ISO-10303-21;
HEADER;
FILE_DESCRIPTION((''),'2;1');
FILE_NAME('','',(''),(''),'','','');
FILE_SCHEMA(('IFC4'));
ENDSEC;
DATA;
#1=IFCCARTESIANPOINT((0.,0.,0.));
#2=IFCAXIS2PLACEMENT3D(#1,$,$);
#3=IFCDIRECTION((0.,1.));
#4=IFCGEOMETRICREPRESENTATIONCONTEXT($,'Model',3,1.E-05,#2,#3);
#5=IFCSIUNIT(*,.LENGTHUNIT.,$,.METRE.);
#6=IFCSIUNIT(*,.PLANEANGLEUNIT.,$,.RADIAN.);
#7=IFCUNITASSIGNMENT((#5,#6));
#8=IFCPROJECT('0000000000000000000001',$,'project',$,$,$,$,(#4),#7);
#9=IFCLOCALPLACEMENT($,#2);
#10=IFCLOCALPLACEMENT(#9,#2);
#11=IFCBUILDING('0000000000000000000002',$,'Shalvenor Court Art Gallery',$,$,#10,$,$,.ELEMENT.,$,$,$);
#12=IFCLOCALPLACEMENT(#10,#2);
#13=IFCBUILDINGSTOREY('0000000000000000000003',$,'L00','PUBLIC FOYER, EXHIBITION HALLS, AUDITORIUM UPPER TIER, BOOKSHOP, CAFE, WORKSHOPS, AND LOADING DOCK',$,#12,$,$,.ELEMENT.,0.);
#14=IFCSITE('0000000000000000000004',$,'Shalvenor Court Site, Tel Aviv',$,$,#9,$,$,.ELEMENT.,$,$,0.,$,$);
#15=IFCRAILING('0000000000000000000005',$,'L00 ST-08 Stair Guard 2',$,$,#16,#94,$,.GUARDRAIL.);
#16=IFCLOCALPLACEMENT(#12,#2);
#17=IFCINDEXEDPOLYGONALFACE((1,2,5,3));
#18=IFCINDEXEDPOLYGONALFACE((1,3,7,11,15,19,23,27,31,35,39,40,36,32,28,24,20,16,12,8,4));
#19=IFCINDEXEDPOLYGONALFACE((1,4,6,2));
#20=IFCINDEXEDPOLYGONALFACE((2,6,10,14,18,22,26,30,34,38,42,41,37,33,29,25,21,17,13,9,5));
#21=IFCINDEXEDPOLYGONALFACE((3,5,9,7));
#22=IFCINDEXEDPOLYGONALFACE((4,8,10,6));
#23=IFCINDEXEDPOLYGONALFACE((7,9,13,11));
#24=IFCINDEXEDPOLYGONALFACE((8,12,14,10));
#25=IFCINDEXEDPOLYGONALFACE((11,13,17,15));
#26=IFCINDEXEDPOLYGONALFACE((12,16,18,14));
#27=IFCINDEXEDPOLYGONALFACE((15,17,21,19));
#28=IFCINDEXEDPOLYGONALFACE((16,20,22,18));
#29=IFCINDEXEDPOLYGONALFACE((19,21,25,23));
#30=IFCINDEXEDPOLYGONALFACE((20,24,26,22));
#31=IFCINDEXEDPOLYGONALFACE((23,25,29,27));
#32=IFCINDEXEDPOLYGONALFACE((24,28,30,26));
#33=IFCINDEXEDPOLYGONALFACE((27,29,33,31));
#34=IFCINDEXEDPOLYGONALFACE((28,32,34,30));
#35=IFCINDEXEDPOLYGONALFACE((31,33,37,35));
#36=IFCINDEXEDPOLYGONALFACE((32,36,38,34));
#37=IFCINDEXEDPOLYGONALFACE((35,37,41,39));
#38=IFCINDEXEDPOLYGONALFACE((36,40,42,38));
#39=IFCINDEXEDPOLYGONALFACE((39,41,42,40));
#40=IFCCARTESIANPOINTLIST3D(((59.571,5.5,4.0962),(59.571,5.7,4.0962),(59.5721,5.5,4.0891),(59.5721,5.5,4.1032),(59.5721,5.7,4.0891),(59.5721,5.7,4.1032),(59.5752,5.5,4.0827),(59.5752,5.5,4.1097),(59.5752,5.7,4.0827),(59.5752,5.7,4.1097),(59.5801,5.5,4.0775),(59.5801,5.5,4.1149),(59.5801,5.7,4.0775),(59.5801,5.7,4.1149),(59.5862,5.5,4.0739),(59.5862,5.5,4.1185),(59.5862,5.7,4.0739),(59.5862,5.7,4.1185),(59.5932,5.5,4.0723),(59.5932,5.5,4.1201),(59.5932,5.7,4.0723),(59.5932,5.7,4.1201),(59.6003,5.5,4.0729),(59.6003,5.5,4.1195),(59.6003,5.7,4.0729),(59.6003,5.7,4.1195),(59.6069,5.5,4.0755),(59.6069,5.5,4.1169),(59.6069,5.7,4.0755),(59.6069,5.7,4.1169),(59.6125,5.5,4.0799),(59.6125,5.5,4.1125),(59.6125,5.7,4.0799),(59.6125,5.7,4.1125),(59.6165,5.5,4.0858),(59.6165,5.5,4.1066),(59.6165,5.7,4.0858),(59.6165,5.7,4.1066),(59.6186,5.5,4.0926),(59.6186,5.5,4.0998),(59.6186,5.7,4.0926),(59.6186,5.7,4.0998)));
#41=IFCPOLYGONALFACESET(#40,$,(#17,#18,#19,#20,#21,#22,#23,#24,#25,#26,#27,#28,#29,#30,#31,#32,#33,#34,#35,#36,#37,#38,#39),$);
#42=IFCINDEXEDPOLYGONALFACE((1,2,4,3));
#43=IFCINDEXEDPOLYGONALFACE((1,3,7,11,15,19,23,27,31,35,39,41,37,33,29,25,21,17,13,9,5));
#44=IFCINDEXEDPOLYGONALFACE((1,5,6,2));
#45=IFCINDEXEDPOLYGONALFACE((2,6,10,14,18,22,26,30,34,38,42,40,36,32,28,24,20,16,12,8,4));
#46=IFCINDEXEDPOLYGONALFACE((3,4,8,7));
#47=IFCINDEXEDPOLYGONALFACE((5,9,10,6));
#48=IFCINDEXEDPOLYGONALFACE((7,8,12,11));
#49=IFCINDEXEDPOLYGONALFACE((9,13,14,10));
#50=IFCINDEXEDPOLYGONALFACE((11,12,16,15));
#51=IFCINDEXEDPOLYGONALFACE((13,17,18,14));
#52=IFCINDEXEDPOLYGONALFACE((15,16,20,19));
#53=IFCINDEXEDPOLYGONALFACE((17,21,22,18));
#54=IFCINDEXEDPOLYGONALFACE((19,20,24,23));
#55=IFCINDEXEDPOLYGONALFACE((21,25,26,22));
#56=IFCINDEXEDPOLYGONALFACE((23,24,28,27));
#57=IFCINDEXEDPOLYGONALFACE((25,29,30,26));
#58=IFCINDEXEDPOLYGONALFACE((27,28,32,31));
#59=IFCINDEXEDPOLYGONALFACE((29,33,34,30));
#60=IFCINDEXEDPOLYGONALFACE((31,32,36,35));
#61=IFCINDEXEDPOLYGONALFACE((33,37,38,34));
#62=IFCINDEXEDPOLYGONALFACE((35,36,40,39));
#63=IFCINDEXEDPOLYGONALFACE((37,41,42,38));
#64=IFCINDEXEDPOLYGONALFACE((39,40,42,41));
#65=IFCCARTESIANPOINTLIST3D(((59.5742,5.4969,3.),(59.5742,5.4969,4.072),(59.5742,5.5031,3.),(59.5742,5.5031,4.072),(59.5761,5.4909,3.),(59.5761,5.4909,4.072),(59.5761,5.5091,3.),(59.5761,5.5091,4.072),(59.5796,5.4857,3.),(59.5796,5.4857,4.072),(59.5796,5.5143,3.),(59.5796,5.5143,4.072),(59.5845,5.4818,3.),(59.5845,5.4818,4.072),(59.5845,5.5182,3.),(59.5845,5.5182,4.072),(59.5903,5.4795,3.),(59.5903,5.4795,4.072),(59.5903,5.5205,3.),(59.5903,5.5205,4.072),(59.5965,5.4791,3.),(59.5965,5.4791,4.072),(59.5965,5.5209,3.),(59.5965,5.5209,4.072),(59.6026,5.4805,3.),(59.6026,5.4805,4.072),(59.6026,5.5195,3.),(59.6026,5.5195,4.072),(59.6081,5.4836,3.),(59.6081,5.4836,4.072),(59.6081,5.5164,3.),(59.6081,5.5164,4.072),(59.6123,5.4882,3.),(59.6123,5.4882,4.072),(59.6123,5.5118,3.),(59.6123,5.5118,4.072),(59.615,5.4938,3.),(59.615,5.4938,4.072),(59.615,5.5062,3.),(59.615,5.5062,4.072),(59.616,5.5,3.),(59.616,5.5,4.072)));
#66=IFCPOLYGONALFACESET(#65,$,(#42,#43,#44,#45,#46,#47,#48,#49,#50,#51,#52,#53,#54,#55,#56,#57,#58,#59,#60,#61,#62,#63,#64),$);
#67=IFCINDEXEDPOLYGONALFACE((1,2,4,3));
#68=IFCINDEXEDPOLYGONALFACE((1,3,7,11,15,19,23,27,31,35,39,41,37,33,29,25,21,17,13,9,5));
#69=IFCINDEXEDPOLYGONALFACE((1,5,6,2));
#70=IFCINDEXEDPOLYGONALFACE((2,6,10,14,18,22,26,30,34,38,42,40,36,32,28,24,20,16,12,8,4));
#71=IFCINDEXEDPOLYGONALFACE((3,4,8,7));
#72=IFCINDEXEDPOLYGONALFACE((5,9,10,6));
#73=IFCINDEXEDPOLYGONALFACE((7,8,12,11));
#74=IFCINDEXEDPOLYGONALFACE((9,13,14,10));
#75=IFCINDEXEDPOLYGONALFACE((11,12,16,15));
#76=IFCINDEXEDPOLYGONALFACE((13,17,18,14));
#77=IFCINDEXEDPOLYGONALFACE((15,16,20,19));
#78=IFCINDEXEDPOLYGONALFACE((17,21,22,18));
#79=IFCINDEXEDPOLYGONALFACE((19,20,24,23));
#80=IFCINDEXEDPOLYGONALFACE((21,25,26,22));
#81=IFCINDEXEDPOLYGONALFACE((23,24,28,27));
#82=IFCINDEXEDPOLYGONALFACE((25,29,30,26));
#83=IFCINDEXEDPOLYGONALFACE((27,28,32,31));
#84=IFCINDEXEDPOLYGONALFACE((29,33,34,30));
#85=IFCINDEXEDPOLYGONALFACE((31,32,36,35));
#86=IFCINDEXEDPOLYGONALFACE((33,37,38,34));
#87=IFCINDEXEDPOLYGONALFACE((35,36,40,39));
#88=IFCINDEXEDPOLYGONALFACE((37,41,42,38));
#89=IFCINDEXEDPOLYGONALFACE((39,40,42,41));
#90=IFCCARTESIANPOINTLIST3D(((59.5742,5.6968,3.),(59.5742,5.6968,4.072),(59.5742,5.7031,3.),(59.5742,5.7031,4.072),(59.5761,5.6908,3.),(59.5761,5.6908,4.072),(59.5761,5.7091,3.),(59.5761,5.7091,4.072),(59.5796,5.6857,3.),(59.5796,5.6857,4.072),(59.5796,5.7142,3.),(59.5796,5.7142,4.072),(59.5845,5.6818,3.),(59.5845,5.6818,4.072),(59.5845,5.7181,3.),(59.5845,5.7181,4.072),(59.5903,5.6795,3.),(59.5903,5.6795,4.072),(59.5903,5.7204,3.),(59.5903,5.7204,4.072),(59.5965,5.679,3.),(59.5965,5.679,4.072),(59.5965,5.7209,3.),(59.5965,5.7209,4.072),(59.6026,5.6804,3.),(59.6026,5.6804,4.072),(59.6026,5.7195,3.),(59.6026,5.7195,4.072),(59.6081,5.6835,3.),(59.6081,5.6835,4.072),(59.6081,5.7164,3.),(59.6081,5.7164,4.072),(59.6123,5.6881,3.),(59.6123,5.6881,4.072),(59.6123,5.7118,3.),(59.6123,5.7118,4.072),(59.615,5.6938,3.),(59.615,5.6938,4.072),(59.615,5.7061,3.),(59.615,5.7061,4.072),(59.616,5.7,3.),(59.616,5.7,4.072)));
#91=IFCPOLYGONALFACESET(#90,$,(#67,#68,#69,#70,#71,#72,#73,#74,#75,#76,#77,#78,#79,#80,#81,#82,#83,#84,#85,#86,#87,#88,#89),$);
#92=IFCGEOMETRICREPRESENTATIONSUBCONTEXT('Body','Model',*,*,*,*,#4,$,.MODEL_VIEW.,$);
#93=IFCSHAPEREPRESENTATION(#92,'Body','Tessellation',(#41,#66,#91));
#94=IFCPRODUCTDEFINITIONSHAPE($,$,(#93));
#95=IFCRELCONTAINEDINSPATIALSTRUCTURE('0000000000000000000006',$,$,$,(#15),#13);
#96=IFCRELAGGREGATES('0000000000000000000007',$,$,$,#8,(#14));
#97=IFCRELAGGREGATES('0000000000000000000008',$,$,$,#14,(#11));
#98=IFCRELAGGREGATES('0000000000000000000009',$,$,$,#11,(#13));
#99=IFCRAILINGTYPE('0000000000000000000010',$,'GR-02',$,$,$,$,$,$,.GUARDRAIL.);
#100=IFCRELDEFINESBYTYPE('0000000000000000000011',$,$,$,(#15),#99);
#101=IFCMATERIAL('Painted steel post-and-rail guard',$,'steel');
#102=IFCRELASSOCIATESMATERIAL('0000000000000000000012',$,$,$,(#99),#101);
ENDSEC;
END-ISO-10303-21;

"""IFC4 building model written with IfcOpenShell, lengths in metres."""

from ifc_helpers import new_model, si_unit, direction, frame, origin, origin_2d, place, context, subcontext, project, spatial, circle, extrude, material, type_object, element, save


model = new_model("IFC4")

# Units and contexts
model_context = context("Model", 3, precision=1e-05, world=origin(), true_north=direction((0.0, 1.0)))
body_context = subcontext(model_context, "Body", "Model", "MODEL_VIEW")
ifc_project = project(units=[si_unit("LENGTHUNIT", "METRE"), si_unit("PLANEANGLEUNIT", "RADIAN")], contexts=[model_context])

# Site, building, storey
site_placement = place(None, origin())
site = spatial("IfcSite", under=ifc_project, at=site_placement, Name="Shalvenor Court Site, Tel Aviv", CompositionType="ELEMENT", RefElevation=0.0)
building_placement = place(site_placement, origin())
building = spatial("IfcBuilding", under=site, at=building_placement, Name="Shalvenor Court Art Gallery", CompositionType="ELEMENT")
storey_placement = place(building_placement, origin())
storey = spatial("IfcBuildingStorey", under=building, at=storey_placement, Name="L00", Description="PUBLIC FOYER, EXHIBITION HALLS, AUDITORIUM UPPER TIER, BOOKSHOP, CAFE, WORKSHOPS, AND LOADING DOCK", CompositionType="ELEMENT", Elevation=0.0)

# Railing
ifc_material_1 = material(Name="Painted steel post-and-rail guard", Category="steel")
railing_type_1 = type_object("IfcRailingType", Name="GR-02", PredefinedType="GUARDRAIL", material=ifc_material_1)
railing_1_placement = place(storey_placement, frame((59.595, 5.5, 3.0)))
element("IfcRailing", 1, at=railing_1_placement, inside=storey, type_object=railing_type_1, Name="L00 ST-08 Stair Guard 2", PredefinedType="GUARDRAIL", context=body_context, shape_type="SweptSolid", body=[
    extrude(circle(Radius=0.0239, at=origin_2d()), frame((0.0, 0.0, 1.0962), z_axis=(0.0, 1.0, 0.0), x_axis=(-1.0, 0.0, 0.0)), (0.0, 0.0, 1.0), 0.2),
    extrude(circle(Radius=0.021, at=origin_2d()), origin(), (0.0, 0.0, 1.0), 1.072),
    extrude(circle(Radius=0.021, at=origin_2d()), frame((0.0, 0.2, 0.0)), (0.0, 0.0, 1.0), 1.072),
])

save(model, "model.ifc")
